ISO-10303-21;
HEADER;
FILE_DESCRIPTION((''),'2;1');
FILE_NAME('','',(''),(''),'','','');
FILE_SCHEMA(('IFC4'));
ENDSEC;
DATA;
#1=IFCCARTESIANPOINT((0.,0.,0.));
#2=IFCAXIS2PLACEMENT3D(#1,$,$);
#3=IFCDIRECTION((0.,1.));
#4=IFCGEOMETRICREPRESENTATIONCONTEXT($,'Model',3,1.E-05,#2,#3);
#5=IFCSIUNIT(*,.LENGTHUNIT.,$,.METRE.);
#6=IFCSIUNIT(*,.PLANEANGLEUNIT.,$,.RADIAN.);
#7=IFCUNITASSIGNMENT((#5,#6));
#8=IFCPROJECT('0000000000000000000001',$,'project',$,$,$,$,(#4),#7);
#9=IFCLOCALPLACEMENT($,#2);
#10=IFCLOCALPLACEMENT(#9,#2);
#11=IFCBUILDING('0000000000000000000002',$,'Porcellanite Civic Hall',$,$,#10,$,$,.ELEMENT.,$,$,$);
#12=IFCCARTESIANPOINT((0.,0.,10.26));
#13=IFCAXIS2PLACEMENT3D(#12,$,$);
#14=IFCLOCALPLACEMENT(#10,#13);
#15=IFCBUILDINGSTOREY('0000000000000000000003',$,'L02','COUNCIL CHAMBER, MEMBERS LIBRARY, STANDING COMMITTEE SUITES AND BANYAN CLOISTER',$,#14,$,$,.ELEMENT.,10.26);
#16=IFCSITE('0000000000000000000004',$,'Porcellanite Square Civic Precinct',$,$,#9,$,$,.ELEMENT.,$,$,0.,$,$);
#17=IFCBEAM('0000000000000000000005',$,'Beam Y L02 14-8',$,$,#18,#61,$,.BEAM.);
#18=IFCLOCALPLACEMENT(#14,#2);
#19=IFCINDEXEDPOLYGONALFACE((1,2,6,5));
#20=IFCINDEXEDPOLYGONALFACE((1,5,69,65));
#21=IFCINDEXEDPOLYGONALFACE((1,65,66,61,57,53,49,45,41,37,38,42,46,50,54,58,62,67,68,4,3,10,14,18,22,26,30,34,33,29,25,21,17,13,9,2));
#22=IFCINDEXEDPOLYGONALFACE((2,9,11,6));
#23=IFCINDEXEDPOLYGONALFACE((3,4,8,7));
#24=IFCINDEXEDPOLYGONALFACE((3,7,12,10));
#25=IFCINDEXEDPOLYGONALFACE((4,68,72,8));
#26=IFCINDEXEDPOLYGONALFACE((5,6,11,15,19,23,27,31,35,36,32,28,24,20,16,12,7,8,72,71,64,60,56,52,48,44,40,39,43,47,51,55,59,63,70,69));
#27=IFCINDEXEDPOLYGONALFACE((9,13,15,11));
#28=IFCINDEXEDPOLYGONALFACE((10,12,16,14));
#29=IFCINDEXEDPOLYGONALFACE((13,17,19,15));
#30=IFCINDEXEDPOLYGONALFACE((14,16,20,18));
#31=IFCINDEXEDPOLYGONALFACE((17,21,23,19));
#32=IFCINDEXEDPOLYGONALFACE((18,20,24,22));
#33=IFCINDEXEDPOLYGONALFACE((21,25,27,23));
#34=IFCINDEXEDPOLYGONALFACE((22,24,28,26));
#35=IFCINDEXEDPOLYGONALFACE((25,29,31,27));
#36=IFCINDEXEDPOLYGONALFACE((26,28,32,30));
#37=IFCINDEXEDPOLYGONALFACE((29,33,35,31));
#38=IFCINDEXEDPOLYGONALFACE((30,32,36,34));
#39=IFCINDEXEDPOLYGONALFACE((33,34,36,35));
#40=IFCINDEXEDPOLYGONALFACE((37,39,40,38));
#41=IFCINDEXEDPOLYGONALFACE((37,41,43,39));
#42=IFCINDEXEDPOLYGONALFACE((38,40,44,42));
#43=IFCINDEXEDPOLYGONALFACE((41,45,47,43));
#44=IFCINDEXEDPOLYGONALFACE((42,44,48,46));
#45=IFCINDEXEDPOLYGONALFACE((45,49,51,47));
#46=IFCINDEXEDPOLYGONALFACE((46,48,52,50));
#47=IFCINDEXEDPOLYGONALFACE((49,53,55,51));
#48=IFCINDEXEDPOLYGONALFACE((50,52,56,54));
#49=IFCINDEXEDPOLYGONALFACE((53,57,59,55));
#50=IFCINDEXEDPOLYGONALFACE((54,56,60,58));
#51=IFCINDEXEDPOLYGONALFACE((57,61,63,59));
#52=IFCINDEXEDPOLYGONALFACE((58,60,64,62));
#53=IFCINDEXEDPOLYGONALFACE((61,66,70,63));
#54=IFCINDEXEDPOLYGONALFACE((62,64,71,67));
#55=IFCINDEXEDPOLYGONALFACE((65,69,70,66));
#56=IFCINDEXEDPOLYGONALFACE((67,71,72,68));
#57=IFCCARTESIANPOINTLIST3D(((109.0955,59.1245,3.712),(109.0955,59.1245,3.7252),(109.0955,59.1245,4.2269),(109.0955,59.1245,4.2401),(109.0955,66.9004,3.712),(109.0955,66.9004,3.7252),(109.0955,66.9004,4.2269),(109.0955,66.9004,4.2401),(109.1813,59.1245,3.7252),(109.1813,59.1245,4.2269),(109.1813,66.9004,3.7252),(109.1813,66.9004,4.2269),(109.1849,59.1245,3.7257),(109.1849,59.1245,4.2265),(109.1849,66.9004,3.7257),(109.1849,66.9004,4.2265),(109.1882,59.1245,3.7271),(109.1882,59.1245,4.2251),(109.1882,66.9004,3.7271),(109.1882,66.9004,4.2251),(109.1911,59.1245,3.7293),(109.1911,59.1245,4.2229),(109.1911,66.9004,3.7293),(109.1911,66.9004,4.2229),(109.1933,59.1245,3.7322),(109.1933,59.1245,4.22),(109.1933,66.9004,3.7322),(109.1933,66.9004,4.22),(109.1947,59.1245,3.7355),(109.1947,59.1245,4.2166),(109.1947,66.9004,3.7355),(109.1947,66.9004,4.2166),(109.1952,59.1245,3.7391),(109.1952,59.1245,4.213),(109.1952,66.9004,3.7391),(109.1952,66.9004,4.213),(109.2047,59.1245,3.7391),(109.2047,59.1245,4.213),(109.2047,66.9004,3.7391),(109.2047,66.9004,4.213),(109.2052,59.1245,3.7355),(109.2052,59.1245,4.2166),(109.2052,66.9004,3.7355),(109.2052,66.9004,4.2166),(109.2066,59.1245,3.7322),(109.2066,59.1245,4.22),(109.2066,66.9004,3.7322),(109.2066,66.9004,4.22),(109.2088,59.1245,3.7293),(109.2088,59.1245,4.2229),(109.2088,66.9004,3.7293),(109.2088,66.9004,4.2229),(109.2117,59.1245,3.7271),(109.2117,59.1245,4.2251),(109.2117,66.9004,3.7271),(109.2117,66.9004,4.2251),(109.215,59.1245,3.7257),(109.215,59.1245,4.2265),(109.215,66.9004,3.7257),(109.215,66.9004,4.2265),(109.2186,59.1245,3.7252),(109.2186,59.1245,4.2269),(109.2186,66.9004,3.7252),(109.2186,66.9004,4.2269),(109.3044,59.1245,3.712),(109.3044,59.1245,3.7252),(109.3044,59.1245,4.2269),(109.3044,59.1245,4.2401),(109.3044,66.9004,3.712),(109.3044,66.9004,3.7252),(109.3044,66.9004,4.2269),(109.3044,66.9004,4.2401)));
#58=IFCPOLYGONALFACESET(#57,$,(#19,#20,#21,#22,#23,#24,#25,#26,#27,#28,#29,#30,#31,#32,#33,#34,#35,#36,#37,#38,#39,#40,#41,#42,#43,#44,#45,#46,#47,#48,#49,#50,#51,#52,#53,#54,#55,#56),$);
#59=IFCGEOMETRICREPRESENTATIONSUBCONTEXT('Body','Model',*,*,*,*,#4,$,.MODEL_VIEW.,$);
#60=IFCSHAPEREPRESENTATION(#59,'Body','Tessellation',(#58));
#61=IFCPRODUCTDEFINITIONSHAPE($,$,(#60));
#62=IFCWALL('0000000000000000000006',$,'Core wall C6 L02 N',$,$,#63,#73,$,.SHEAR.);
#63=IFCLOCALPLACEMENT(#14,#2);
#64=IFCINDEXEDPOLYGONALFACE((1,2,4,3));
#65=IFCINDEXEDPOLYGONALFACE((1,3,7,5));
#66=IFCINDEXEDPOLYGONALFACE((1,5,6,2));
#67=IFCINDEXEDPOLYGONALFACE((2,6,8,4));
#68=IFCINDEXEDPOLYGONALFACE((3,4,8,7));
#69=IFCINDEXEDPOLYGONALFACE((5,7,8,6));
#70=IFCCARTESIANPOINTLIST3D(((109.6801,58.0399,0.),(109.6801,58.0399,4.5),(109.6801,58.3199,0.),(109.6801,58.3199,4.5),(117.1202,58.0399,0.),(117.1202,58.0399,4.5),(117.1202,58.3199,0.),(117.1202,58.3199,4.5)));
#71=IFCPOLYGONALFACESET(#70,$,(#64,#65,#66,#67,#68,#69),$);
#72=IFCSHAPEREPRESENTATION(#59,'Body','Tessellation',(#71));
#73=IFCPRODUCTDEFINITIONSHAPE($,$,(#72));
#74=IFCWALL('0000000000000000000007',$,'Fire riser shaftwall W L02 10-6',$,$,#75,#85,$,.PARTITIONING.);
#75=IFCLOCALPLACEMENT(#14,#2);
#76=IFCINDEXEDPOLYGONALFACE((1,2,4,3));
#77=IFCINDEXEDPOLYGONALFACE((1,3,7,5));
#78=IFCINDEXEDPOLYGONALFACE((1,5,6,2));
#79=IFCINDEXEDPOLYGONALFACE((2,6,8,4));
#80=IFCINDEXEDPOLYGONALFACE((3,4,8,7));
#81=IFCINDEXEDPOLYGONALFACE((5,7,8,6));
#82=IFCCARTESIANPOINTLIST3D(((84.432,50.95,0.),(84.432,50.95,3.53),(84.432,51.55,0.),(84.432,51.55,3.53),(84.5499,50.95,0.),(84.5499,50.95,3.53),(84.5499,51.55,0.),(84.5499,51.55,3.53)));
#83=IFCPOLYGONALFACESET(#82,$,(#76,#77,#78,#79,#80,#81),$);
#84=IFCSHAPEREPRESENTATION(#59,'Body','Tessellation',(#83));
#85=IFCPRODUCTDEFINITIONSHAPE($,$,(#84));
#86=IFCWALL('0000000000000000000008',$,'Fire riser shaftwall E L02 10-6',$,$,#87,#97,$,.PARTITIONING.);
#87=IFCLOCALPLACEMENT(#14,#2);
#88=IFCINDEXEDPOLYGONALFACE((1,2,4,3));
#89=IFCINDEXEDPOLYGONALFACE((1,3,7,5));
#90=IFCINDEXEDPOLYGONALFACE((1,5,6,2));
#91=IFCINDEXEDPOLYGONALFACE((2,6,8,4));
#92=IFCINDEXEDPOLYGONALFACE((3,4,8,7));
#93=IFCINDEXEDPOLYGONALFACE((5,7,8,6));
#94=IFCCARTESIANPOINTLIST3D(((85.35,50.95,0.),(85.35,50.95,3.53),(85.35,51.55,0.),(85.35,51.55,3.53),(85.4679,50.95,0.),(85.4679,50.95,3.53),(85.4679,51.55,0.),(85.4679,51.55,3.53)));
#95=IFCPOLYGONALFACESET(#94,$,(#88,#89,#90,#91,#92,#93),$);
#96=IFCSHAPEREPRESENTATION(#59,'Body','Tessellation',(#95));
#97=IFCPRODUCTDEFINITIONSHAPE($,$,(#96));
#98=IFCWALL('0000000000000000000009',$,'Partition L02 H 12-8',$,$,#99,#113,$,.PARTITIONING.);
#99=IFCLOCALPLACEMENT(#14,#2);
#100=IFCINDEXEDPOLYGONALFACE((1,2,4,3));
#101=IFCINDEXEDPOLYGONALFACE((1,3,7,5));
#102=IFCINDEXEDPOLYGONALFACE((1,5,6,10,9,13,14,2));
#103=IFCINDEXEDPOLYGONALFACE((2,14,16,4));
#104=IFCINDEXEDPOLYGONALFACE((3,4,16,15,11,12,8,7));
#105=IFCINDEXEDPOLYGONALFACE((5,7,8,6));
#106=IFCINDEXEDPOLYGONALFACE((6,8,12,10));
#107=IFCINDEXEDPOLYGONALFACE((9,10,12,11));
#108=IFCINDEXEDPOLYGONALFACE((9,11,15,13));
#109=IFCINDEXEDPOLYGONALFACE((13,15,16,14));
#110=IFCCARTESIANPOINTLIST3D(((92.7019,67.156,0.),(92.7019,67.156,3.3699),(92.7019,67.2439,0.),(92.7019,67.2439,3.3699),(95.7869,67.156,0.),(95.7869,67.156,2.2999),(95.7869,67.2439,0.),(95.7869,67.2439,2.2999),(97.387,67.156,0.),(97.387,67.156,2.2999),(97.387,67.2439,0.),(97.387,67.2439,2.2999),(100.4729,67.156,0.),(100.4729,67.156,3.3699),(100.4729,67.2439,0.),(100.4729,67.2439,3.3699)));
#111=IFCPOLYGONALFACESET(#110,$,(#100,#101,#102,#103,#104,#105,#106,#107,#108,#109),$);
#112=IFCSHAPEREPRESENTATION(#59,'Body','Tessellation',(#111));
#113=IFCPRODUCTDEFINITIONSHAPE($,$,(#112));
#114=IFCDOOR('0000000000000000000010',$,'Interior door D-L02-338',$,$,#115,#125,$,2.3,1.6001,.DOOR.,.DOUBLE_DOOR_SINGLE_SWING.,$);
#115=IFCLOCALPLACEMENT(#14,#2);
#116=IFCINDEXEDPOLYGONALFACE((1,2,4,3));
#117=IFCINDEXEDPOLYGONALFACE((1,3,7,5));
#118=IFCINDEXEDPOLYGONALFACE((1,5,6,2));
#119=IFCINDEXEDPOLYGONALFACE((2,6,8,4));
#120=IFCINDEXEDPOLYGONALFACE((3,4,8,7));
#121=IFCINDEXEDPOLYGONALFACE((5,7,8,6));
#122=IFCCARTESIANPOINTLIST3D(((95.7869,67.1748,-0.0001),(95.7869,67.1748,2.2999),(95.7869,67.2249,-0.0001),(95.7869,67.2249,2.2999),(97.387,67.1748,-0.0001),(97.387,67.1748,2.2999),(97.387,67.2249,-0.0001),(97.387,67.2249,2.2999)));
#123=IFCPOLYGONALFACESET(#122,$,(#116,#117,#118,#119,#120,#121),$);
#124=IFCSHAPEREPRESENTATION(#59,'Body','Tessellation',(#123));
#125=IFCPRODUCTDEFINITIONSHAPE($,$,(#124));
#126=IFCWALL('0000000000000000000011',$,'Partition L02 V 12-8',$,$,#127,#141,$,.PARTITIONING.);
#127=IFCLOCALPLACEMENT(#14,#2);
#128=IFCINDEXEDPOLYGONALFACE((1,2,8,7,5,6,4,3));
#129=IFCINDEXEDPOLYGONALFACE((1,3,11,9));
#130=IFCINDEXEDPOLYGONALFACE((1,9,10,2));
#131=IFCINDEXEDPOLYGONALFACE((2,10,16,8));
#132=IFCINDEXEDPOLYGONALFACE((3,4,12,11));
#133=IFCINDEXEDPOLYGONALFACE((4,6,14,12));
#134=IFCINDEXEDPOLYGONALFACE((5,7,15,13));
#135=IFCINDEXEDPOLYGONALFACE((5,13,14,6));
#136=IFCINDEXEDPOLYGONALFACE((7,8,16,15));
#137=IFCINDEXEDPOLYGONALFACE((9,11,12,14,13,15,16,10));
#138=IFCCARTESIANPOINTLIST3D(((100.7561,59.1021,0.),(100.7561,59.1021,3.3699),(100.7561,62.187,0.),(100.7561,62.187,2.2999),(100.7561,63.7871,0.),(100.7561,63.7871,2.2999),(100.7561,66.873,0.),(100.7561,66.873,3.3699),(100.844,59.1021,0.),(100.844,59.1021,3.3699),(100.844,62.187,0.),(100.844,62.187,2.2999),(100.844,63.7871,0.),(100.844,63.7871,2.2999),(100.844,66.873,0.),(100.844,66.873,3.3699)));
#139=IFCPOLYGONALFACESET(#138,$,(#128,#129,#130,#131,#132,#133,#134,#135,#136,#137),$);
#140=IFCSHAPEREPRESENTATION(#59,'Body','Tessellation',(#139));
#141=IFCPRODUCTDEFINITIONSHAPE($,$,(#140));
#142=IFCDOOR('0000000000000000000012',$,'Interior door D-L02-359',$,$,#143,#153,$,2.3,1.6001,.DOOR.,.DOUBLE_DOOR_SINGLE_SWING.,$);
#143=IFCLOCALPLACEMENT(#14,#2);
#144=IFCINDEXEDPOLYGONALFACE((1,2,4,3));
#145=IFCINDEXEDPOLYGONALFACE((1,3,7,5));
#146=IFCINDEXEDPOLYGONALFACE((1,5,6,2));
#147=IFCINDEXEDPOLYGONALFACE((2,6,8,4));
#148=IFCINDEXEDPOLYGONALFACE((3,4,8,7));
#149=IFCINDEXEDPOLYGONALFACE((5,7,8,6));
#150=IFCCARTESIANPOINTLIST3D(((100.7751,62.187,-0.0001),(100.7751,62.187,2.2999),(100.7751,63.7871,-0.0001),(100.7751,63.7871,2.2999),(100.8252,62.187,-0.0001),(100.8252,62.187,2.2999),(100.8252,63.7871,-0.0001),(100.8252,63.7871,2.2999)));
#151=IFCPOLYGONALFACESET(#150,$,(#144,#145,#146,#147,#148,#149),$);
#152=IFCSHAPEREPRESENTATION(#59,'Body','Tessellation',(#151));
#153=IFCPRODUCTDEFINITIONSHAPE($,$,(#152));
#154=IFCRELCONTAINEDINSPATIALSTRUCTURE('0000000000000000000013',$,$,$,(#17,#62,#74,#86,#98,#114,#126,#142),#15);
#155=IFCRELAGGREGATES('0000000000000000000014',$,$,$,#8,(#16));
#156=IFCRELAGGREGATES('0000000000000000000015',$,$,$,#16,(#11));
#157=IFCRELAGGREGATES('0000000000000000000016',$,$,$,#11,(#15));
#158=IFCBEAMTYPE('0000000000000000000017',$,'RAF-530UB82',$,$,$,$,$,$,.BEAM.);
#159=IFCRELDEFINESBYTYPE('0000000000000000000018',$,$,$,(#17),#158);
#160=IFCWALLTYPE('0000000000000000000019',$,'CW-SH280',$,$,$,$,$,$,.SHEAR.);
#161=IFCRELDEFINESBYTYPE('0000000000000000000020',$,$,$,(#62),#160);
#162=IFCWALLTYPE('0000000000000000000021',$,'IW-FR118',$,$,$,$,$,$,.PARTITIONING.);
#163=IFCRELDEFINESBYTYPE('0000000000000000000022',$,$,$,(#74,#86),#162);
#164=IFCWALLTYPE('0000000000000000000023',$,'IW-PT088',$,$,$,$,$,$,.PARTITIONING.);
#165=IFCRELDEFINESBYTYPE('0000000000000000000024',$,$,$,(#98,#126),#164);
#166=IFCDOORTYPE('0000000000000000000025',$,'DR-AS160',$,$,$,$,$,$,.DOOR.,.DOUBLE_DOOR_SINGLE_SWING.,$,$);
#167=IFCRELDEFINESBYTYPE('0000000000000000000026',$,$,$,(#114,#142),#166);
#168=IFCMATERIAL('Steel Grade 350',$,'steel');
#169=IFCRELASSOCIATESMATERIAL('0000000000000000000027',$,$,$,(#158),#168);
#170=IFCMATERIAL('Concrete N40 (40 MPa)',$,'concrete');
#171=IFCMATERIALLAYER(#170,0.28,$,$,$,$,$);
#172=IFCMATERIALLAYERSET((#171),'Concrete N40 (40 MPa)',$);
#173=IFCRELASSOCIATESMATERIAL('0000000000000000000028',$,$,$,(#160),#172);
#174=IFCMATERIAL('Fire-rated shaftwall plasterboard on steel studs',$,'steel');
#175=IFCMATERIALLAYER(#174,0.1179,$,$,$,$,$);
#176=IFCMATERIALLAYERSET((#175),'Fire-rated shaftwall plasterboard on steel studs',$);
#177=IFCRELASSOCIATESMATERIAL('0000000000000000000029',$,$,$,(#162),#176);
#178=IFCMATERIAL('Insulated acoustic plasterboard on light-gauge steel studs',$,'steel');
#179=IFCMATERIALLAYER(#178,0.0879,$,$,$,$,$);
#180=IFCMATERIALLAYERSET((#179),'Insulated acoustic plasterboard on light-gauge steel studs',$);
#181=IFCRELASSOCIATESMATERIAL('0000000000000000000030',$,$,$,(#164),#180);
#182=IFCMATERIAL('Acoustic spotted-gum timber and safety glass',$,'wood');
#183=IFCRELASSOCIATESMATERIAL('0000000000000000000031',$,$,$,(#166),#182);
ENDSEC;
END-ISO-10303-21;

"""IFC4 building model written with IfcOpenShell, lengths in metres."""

from ifc_helpers import new_model, si_unit, direction, frame, frame_2d, origin, origin_2d, place, context, subcontext, project, spatial, rectangle, i_section, extrude, material, layer, layer_set, material_profile, profile_set, type_object, element, fill, save


model = new_model("IFC4")

# Units and contexts
model_context = context("Model", 3, precision=1e-05, world=origin(), true_north=direction((0.0, 1.0)))
body_context = subcontext(model_context, "Body", "Model", "MODEL_VIEW")
ifc_project = project(units=[si_unit("LENGTHUNIT", "METRE"), si_unit("PLANEANGLEUNIT", "RADIAN")], contexts=[model_context])

# Site, building, storey
site_placement = place(None, origin())
site = spatial("IfcSite", under=ifc_project, at=site_placement, Name="Porcellanite Square Civic Precinct", CompositionType="ELEMENT", RefElevation=0.0)
building_placement = place(site_placement, origin())
building = spatial("IfcBuilding", under=site, at=building_placement, Name="Porcellanite Civic Hall", CompositionType="ELEMENT")
storey_placement = place(building_placement, frame((0.0, 0.0, 10.26)))
storey = spatial("IfcBuildingStorey", under=building, at=storey_placement, Name="L02", Description="COUNCIL CHAMBER, MEMBERS LIBRARY, STANDING COMMITTEE SUITES AND BANYAN CLOISTER", CompositionType="ELEMENT", Elevation=10.26)

# Beam
ifc_material_1 = material(Name="Steel Grade 350", Category="steel")
ifc_material_profile_1 = material_profile(ifc_material_1, i_section(OverallWidth=0.209, OverallDepth=0.5281, WebThickness=0.0095, FlangeThickness=0.0132, FilletRadius=0.0139, at=origin_2d()), Name="530UB82.0")
ifc_profile_set_1 = profile_set([ifc_material_profile_1], Name="Steel Grade 350")
beam_type_1 = type_object("IfcBeamType", Name="RAF-530UB82", PredefinedType="BEAM", material=ifc_profile_set_1)
beam_1_placement = place(storey_placement, frame((109.2, 59.1245, 3.9761), z_axis=(0.0, 1.0, 0.0), x_axis=(-1.0, 0.0, 0.0)))
element("IfcBeam", 1, at=beam_1_placement, inside=storey, type_object=beam_type_1, Name="Beam Y L02 14-8", PredefinedType="BEAM", context=body_context, shape_type="SweptSolid", body=[
    extrude(i_section(OverallWidth=0.209, OverallDepth=0.5281, WebThickness=0.0095, FlangeThickness=0.0132, FilletRadius=0.0139, at=origin_2d()), origin(), (0.0, 0.0, 1.0), 7.7759),
])

# Walls
ifc_material_2 = material(Name="Concrete N40 (40 MPa)", Category="concrete")
ifc_layer_1 = layer(ifc_material_2, 0.28)
ifc_layer_set_1 = layer_set([ifc_layer_1], Name="Concrete N40 (40 MPa)")
wall_type_1 = type_object("IfcWallType", Name="CW-SH280", PredefinedType="SHEAR", material=ifc_layer_set_1)
wall_1_placement = place(storey_placement, frame((109.6799, 58.1799, 0.0), z_axis=(0.0, 0.0, 1.0), x_axis=(1.0, 0.0, 0.0)))
element("IfcWall", 2, at=wall_1_placement, inside=storey, type_object=wall_type_1, Name="Core wall C6 L02 N", PredefinedType="SHEAR", context=body_context, shape_type="SweptSolid", body=[
    extrude(rectangle(XDim=7.4402, YDim=0.28, at=frame_2d((3.7202, 0.0))), origin(), (0.0, 0.0, 1.0), 4.5),
])
ifc_material_3 = material(Name="Fire-rated shaftwall plasterboard on steel studs", Category="steel")
ifc_layer_2 = layer(ifc_material_3, 0.1179)
ifc_layer_set_2 = layer_set([ifc_layer_2], Name="Fire-rated shaftwall plasterboard on steel studs")
wall_type_2 = type_object("IfcWallType", Name="IW-FR118", PredefinedType="PARTITIONING", material=ifc_layer_set_2)
for number, where, z_axis, x_axis, name in (
    (3, (84.491, 50.95, 0.0), (0.0, 0.0, 1.0), (0.0, 1.0, 0.0), "Fire riser shaftwall W L02 10-6"),
    (4, (85.4089, 50.95, 0.0), (0.0, 0.0, 1.0), (0.0, 1.0, 0.0), "Fire riser shaftwall E L02 10-6"),
):
    element("IfcWall", number, at=place(storey_placement, frame(where, z_axis=z_axis, x_axis=x_axis)), inside=storey, type_object=wall_type_2, Name=name, PredefinedType="PARTITIONING", context=body_context, shape_type="SweptSolid", body=[
        extrude(rectangle(XDim=0.6001, YDim=0.1179, at=frame_2d((0.3, 0.0))), origin(), (0.0, 0.0, 1.0), 3.53),
    ])

# Walls, openings, doors
ifc_material_4 = material(Name="Insulated acoustic plasterboard on light-gauge steel studs", Category="steel")
ifc_layer_3 = layer(ifc_material_4, 0.0879)
ifc_layer_set_3 = layer_set([ifc_layer_3], Name="Insulated acoustic plasterboard on light-gauge steel studs")
wall_type_3 = type_object("IfcWallType", Name="IW-PT088", PredefinedType="PARTITIONING", material=ifc_layer_set_3)
wall_2_placement = place(storey_placement, frame((92.7019, 67.2, 0.0), z_axis=(0.0, 0.0, 1.0), x_axis=(1.0, 0.0, 0.0)))
wall_2 = element("IfcWall", 5, at=wall_2_placement, inside=storey, type_object=wall_type_3, Name="Partition L02 H 12-8", PredefinedType="PARTITIONING", context=body_context, shape_type="SweptSolid", body=[
    extrude(rectangle(XDim=7.771, YDim=0.0879, at=frame_2d((3.8855, 0.0))), origin(), (0.0, 0.0, 1.0), 3.3699),
])
opening_1_placement = place(wall_2_placement, frame((3.085, 0.0, 0.0)))
opening_1 = element("IfcOpeningElement", 6, at=opening_1_placement, cuts=wall_2, PredefinedType="OPENING", context=body_context, shape_type="SweptSolid", body=[
    extrude(rectangle(XDim=1.6001, YDim=2.3, at=frame_2d((0.8, 1.1499))), frame((0.0, 0.0439, 0.0), z_axis=(0.0, -1.0, 0.0), x_axis=(1.0, 0.0, 0.0)), (0.0, 0.0, 1.0), 0.0879),
])
ifc_material_5 = material(Name="Acoustic spotted-gum timber and safety glass", Category="wood")
door_type_1 = type_object("IfcDoorType", Name="DR-AS160", OperationType="DOUBLE_DOOR_SINGLE_SWING", PredefinedType="DOOR", material=ifc_material_5)
door_1_placement = place(opening_1_placement, origin())
door_1 = element("IfcDoor", 7, at=door_1_placement, inside=storey, type_object=door_type_1, Name="Interior door D-L02-338", OperationType="DOUBLE_DOOR_SINGLE_SWING", OverallHeight=2.3, OverallWidth=1.6001, PredefinedType="DOOR", context=body_context, shape_type="SweptSolid", body=[
    extrude(rectangle(XDim=1.6001, YDim=2.3, at=frame_2d((0.8, 1.1499))), frame((0.0, 0.0249, 0.0), z_axis=(0.0, -1.0, 0.0), x_axis=(1.0, 0.0, 0.0)), (0.0, 0.0, 1.0), 0.05),
])
fill(opening_1, door_1)
wall_3_placement = place(storey_placement, frame((100.8, 59.1021, 0.0), z_axis=(0.0, 0.0, 1.0), x_axis=(0.0, 1.0, 0.0)))
wall_3 = element("IfcWall", 8, at=wall_3_placement, inside=storey, type_object=wall_type_3, Name="Partition L02 V 12-8", PredefinedType="PARTITIONING", context=body_context, shape_type="SweptSolid", body=[
    extrude(rectangle(XDim=7.771, YDim=0.0879, at=frame_2d((3.8855, 0.0))), origin(), (0.0, 0.0, 1.0), 3.3699),
])
opening_2_placement = place(wall_3_placement, frame((3.085, 0.0, 0.0)))
opening_2 = element("IfcOpeningElement", 9, at=opening_2_placement, cuts=wall_3, PredefinedType="OPENING", context=body_context, shape_type="SweptSolid", body=[
    extrude(rectangle(XDim=1.6001, YDim=2.3, at=frame_2d((0.8, 1.1499))), frame((0.0, 0.0439, 0.0), z_axis=(0.0, -1.0, 0.0), x_axis=(1.0, 0.0, 0.0)), (0.0, 0.0, 1.0), 0.0879),
])
door_2_placement = place(opening_2_placement, origin())
door_2 = element("IfcDoor", 10, at=door_2_placement, inside=storey, type_object=door_type_1, Name="Interior door D-L02-359", OperationType="DOUBLE_DOOR_SINGLE_SWING", OverallHeight=2.3, OverallWidth=1.6001, PredefinedType="DOOR", context=body_context, shape_type="SweptSolid", body=[
    extrude(rectangle(XDim=1.6001, YDim=2.3, at=frame_2d((0.8, 1.1499))), frame((0.0, 0.0249, 0.0), z_axis=(0.0, -1.0, 0.0), x_axis=(1.0, 0.0, 0.0)), (0.0, 0.0, 1.0), 0.05),
])
fill(opening_2, door_2)

save(model, "model.ifc")
